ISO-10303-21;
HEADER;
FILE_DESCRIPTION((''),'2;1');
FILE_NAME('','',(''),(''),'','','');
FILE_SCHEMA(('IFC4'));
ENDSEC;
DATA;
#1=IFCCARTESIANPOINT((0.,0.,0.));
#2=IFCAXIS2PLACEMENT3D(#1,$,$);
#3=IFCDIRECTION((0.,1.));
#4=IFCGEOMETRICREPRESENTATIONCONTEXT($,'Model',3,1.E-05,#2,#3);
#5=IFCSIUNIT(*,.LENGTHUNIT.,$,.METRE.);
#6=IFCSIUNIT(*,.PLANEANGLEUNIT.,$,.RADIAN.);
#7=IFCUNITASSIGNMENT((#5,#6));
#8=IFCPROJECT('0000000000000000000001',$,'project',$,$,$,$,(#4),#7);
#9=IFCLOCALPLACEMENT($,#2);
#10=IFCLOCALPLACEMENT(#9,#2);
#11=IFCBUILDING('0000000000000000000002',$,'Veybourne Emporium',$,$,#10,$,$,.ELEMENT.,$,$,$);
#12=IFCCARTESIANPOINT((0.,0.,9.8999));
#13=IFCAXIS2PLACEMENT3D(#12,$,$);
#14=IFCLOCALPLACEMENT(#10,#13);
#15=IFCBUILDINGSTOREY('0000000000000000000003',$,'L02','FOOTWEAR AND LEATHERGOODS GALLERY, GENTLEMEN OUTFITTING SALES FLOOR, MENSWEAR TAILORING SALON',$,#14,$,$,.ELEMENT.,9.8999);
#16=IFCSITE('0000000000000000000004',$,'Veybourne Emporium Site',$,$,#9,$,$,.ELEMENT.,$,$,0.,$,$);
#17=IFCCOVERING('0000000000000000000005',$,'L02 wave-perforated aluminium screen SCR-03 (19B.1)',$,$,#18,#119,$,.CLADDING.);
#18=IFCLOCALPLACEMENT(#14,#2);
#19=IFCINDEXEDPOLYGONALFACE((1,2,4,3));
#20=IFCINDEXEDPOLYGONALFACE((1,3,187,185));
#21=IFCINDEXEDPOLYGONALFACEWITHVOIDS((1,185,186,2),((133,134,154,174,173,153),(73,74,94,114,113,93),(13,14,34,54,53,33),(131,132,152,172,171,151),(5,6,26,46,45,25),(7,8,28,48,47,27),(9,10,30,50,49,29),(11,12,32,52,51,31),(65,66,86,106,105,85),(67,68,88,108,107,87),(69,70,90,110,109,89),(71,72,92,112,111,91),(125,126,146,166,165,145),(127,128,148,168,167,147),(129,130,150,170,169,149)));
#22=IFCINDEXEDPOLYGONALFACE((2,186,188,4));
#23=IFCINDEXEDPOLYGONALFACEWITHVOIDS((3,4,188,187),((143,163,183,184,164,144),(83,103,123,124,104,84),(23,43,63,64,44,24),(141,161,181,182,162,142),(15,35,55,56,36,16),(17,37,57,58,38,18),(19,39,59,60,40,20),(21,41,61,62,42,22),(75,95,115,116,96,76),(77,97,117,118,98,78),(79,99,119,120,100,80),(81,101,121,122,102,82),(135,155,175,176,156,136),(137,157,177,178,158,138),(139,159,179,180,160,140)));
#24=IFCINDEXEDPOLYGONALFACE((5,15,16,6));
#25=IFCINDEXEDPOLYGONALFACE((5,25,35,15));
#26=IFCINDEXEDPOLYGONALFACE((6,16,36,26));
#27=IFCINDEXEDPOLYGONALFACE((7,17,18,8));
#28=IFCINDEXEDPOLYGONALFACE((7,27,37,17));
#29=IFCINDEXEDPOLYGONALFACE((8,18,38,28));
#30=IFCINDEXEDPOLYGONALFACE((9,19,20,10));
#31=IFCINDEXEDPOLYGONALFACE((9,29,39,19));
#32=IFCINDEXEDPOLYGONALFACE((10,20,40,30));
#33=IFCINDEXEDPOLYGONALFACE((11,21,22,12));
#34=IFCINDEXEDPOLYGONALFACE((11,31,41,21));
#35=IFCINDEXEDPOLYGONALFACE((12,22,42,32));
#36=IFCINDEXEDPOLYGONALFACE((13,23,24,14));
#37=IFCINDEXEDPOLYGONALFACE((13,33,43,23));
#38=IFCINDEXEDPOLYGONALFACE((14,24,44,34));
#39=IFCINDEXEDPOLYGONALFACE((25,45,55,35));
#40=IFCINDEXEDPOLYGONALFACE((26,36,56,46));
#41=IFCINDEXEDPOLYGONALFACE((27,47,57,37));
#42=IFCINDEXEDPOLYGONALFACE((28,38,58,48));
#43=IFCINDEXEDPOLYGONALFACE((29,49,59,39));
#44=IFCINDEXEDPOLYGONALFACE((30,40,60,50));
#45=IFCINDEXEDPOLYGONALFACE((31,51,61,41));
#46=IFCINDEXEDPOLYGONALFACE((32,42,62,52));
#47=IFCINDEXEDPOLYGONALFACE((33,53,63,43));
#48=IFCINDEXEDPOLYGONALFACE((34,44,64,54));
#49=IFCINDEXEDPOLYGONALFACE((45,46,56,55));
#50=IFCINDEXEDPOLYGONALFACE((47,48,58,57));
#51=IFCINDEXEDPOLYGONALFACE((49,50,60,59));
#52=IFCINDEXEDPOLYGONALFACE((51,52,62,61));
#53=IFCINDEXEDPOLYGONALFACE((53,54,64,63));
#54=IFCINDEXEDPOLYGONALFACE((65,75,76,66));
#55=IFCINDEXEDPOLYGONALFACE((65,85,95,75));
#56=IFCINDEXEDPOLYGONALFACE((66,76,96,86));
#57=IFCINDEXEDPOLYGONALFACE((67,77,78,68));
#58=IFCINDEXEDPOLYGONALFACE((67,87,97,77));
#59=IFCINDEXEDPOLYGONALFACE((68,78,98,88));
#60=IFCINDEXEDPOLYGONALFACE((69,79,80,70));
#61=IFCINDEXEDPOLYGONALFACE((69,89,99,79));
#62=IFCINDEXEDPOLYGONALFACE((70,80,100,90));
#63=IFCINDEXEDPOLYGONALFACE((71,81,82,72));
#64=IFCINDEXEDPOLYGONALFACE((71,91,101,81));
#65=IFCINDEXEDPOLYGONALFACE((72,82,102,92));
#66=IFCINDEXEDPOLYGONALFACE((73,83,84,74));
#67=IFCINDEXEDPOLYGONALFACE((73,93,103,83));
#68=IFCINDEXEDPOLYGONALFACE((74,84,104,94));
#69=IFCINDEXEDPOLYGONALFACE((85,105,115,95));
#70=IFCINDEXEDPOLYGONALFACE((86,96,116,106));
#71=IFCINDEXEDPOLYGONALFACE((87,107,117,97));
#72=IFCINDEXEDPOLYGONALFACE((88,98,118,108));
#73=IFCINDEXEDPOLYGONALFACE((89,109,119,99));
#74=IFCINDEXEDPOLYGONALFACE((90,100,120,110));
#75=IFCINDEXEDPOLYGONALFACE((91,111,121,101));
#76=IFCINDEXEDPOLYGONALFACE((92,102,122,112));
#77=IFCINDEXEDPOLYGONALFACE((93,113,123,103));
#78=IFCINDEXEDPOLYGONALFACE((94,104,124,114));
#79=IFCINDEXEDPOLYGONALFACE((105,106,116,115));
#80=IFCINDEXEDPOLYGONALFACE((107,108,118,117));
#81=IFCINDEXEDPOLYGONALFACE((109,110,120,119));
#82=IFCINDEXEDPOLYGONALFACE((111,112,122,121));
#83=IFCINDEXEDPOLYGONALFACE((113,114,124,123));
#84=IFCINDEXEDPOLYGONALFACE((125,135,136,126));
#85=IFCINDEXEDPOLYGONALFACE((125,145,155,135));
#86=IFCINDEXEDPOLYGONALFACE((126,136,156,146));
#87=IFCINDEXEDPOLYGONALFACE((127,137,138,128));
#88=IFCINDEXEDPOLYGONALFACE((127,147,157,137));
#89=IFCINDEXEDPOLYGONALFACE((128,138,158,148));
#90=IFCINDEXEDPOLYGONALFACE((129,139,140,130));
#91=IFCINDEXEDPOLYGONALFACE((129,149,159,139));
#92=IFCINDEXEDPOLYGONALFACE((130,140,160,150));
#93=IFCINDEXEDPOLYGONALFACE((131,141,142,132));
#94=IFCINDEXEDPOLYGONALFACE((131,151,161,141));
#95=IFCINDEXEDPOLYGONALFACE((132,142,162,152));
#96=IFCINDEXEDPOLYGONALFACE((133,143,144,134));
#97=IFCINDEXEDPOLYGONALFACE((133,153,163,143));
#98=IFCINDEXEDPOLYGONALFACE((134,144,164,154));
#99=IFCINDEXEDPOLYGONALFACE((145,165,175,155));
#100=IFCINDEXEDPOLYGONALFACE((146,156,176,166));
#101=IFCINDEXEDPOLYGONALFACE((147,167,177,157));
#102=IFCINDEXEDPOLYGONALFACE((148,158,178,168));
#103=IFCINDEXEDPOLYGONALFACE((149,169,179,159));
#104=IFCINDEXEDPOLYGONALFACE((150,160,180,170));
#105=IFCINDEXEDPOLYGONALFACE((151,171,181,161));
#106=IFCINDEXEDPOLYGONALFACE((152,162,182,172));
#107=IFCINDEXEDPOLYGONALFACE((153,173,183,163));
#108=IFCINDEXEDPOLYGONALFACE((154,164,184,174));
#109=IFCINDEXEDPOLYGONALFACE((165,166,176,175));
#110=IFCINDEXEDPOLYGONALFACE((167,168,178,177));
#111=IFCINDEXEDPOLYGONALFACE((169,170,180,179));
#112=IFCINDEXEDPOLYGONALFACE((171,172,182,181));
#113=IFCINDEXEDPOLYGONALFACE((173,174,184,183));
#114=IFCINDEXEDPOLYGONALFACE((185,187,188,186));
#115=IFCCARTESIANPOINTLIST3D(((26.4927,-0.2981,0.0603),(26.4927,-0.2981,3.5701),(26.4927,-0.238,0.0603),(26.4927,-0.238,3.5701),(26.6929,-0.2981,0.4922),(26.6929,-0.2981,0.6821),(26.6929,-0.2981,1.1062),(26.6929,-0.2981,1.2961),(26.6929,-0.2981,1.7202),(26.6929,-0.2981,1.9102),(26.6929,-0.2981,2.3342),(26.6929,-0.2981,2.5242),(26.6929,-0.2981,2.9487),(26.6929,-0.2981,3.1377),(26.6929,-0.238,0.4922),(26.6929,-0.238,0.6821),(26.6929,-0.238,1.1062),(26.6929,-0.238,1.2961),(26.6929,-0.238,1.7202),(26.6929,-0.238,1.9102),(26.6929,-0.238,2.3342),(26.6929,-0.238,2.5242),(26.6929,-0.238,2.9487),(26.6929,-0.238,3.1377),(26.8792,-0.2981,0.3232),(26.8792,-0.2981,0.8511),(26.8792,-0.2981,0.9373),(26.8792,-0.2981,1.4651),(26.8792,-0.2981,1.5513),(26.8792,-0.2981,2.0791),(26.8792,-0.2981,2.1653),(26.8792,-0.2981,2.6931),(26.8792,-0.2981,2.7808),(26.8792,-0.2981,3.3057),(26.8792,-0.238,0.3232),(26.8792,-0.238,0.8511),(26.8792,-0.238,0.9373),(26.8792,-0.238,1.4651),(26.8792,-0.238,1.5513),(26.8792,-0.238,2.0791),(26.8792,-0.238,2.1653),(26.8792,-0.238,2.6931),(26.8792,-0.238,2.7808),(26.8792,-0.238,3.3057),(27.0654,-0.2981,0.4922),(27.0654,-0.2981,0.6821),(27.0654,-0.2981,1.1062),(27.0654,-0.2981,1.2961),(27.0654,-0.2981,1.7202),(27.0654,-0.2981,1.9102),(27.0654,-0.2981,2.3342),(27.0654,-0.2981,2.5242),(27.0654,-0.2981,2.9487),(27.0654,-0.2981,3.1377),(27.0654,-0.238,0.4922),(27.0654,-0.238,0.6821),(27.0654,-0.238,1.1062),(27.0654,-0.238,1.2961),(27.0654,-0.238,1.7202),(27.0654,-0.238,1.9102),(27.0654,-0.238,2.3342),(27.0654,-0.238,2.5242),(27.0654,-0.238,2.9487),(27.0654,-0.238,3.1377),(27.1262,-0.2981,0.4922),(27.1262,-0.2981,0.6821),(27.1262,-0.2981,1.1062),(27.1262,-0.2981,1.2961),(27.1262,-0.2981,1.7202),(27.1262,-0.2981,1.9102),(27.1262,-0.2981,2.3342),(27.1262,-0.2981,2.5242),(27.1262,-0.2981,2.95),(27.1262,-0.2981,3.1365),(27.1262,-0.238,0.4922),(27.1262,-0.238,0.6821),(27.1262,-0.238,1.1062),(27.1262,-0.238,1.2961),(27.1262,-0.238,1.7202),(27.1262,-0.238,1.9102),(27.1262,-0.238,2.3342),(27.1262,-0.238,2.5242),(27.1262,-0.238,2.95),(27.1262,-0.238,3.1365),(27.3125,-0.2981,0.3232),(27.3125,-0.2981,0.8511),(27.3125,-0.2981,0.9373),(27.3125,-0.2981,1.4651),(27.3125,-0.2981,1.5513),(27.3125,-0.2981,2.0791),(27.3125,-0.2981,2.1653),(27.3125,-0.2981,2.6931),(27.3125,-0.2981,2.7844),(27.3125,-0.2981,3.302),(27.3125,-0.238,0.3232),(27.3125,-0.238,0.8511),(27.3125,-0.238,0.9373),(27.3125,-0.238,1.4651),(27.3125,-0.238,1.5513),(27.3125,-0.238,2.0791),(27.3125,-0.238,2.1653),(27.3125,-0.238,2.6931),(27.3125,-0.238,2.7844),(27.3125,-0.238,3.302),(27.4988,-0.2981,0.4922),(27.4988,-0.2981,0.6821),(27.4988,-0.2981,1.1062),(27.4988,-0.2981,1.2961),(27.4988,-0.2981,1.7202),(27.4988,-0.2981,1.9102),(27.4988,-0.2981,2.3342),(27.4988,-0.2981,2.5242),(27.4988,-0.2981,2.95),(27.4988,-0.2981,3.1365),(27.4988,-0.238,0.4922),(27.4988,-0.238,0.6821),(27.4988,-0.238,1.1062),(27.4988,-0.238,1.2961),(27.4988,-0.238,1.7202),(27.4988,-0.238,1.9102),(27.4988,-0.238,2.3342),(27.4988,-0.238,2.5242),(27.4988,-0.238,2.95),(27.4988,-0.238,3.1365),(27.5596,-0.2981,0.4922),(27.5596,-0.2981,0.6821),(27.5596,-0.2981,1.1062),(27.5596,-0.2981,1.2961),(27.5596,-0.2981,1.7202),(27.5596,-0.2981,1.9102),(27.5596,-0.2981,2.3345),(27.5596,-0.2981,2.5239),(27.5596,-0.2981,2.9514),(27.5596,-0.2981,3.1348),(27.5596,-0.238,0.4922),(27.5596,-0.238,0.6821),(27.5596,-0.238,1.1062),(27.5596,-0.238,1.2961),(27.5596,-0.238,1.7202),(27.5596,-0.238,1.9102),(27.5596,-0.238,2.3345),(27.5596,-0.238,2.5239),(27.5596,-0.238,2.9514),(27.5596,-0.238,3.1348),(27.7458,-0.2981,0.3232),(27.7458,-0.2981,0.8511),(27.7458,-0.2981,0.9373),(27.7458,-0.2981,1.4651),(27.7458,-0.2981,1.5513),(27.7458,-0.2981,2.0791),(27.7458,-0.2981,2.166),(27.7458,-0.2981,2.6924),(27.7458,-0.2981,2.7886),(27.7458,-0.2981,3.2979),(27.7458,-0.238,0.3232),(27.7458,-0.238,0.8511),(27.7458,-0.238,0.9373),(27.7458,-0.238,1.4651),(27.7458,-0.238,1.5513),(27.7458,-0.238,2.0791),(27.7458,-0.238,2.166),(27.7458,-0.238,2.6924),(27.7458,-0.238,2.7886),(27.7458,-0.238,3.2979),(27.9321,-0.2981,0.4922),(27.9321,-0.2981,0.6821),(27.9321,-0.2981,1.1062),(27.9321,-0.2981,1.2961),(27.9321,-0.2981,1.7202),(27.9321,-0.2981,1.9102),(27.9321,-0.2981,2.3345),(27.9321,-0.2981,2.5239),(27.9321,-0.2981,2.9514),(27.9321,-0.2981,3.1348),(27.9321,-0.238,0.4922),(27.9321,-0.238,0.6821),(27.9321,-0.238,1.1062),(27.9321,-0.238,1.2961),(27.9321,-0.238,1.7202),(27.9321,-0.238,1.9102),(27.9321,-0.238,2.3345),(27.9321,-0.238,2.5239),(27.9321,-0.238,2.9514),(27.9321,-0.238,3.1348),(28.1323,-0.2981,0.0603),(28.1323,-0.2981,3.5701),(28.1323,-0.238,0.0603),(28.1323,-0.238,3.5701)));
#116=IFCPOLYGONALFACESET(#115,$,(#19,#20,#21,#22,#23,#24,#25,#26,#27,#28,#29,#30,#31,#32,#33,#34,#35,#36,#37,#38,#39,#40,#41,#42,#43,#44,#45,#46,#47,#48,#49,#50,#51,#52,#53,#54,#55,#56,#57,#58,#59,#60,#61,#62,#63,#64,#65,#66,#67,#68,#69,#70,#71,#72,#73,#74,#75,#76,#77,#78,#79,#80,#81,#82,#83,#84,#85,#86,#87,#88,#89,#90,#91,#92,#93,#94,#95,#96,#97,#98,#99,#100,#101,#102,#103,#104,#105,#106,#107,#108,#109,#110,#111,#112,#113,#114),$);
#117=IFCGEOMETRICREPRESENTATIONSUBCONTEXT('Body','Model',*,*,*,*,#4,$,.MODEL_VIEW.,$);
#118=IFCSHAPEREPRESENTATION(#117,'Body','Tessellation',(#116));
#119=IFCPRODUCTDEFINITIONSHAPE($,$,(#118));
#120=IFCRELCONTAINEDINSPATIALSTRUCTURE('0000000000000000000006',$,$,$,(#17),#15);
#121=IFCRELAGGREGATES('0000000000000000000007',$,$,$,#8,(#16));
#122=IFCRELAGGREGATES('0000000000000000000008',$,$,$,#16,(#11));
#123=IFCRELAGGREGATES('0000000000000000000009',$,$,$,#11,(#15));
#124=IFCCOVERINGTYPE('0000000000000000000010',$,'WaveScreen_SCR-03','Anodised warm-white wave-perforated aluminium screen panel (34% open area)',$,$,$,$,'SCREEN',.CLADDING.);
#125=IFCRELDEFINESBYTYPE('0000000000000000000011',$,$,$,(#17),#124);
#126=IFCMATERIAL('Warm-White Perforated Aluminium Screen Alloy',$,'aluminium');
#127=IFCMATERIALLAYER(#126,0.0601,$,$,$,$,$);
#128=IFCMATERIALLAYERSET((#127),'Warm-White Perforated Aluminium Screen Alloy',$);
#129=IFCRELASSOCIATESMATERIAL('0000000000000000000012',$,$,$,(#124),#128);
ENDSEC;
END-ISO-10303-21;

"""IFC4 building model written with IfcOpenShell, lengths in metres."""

from ifc_helpers import new_model, si_unit, direction, frame, origin, place, context, subcontext, project, spatial, polyline, outline, extrude, material, layer, layer_set, type_object, element, save


model = new_model("IFC4")

# Units and contexts
model_context = context("Model", 3, precision=1e-05, world=origin(), true_north=direction((0.0, 1.0)))
body_context = subcontext(model_context, "Body", "Model", "MODEL_VIEW")
ifc_project = project(units=[si_unit("LENGTHUNIT", "METRE"), si_unit("PLANEANGLEUNIT", "RADIAN")], contexts=[model_context])

# Site, building, storey
site_placement = place(None, origin())
site = spatial("IfcSite", under=ifc_project, at=site_placement, Name="Veybourne Emporium Site", CompositionType="ELEMENT", RefElevation=0.0)
building_placement = place(site_placement, origin())
building = spatial("IfcBuilding", under=site, at=building_placement, Name="Veybourne Emporium", CompositionType="ELEMENT")
storey_placement = place(building_placement, frame((0.0, 0.0, 9.8999)))
storey = spatial("IfcBuildingStorey", under=building, at=storey_placement, Name="L02", Description="FOOTWEAR AND LEATHERGOODS GALLERY, GENTLEMEN OUTFITTING SALES FLOOR, MENSWEAR TAILORING SALON", CompositionType="ELEMENT", Elevation=9.8999)

# Covering
ifc_material_1 = material(Name="Warm-White Perforated Aluminium Screen Alloy", Category="aluminium")
ifc_layer_1 = layer(ifc_material_1, 0.0601)
ifc_layer_set_1 = layer_set([ifc_layer_1], Name="Warm-White Perforated Aluminium Screen Alloy")
covering_type_1 = type_object("IfcCoveringType", Name="WaveScreen_SCR-03", Description="Anodised warm-white wave-perforated aluminium screen panel (34% open area)", ElementType="SCREEN", PredefinedType="CLADDING", material=ifc_layer_set_1)
covering_1_placement = place(storey_placement, frame((27.3125, -0.2981, 1.8152), z_axis=(0.0, 1.0, 0.0), x_axis=(-1.0, 0.0, 0.0)))
element("IfcCovering", 1, at=covering_1_placement, inside=storey, type_object=covering_type_1, Name="L02 wave-perforated aluminium screen SCR-03 (19B.1)", PredefinedType="CLADDING", context=body_context, shape_type="SweptSolid", body=[
    extrude(outline(polyline([(-0.8198, -1.7549), (0.8198, -1.7549), (0.8198, 1.7549), (-0.8198, 1.7549), (-0.8198, -1.7549)]), holes=[polyline([(-0.4333, -0.9641), (-0.2471, -1.1331), (-0.2471, -1.323), (-0.4333, -1.4919), (-0.6196, -1.323), (-0.6196, -1.1331), (-0.4333, -0.9641)]), polyline([(-0.4333, -0.3501), (-0.2471, -0.519), (-0.2471, -0.709), (-0.4333, -0.8779), (-0.6196, -0.709), (-0.6196, -0.519), (-0.4333, -0.3501)]), polyline([(-0.4333, 0.2639), (-0.2471, 0.095), (-0.2471, -0.095), (-0.4333, -0.2639), (-0.6196, -0.095), (-0.6196, 0.095), (-0.4333, 0.2639)]), polyline([(-0.4333, 0.8772), (-0.2471, 0.7087), (-0.2471, 0.5193), (-0.4333, 0.3508), (-0.6196, 0.5193), (-0.6196, 0.7087), (-0.4333, 0.8772)]), polyline([(-0.4333, 1.4827), (-0.2471, 1.3196), (-0.2471, 1.1362), (-0.4333, 0.9734), (-0.6196, 1.1362), (-0.6196, 1.3196), (-0.4333, 1.4827)]), polyline([(0.0, -0.9641), (0.1863, -1.1331), (0.1863, -1.323), (0.0, -1.4919), (-0.1863, -1.323), (-0.1863, -1.1331), (0.0, -0.9641)]), polyline([(0.0, -0.3501), (0.1863, -0.519), (0.1863, -0.709), (0.0, -0.8779), (-0.1863, -0.709), (-0.1863, -0.519), (0.0, -0.3501)]), polyline([(0.0, 0.2639), (0.1863, 0.095), (0.1863, -0.095), (0.0, -0.2639), (-0.1863, -0.095), (-0.1863, 0.095), (0.0, 0.2639)]), polyline([(0.0, 0.8779), (0.1863, 0.709), (0.1863, 0.519), (0.0, 0.3501), (-0.1863, 0.519), (-0.1863, 0.709), (0.0, 0.8779)]), polyline([(0.0, 1.4868), (0.1863, 1.3213), (0.1863, 1.1348), (0.0, 0.9692), (-0.1863, 1.1348), (-0.1863, 1.3213), (0.0, 1.4868)]), polyline([(0.4333, -0.9641), (0.6196, -1.1331), (0.6196, -1.323), (0.4333, -1.4919), (0.2471, -1.323), (0.2471, -1.1331), (0.4333, -0.9641)]), polyline([(0.4333, -0.3501), (0.6196, -0.519), (0.6196, -0.709), (0.4333, -0.8779), (0.2471, -0.709), (0.2471, -0.519), (0.4333, -0.3501)]), polyline([(0.4333, 0.2639), (0.6196, 0.095), (0.6196, -0.095), (0.4333, -0.2639), (0.2471, -0.095), (0.2471, 0.095), (0.4333, 0.2639)]), polyline([(0.4333, 0.8779), (0.6196, 0.709), (0.6196, 0.519), (0.4333, 0.3501), (0.2471, 0.519), (0.2471, 0.709), (0.4333, 0.8779)]), polyline([(0.4333, 1.4905), (0.6196, 1.3225), (0.6196, 1.1335), (0.4333, 0.9656), (0.2471, 1.1335), (0.2471, 1.3225), (0.4333, 1.4905)])]), origin(), (0.0, 0.0, 1.0), 0.0601),
])

save(model, "model.ifc")
